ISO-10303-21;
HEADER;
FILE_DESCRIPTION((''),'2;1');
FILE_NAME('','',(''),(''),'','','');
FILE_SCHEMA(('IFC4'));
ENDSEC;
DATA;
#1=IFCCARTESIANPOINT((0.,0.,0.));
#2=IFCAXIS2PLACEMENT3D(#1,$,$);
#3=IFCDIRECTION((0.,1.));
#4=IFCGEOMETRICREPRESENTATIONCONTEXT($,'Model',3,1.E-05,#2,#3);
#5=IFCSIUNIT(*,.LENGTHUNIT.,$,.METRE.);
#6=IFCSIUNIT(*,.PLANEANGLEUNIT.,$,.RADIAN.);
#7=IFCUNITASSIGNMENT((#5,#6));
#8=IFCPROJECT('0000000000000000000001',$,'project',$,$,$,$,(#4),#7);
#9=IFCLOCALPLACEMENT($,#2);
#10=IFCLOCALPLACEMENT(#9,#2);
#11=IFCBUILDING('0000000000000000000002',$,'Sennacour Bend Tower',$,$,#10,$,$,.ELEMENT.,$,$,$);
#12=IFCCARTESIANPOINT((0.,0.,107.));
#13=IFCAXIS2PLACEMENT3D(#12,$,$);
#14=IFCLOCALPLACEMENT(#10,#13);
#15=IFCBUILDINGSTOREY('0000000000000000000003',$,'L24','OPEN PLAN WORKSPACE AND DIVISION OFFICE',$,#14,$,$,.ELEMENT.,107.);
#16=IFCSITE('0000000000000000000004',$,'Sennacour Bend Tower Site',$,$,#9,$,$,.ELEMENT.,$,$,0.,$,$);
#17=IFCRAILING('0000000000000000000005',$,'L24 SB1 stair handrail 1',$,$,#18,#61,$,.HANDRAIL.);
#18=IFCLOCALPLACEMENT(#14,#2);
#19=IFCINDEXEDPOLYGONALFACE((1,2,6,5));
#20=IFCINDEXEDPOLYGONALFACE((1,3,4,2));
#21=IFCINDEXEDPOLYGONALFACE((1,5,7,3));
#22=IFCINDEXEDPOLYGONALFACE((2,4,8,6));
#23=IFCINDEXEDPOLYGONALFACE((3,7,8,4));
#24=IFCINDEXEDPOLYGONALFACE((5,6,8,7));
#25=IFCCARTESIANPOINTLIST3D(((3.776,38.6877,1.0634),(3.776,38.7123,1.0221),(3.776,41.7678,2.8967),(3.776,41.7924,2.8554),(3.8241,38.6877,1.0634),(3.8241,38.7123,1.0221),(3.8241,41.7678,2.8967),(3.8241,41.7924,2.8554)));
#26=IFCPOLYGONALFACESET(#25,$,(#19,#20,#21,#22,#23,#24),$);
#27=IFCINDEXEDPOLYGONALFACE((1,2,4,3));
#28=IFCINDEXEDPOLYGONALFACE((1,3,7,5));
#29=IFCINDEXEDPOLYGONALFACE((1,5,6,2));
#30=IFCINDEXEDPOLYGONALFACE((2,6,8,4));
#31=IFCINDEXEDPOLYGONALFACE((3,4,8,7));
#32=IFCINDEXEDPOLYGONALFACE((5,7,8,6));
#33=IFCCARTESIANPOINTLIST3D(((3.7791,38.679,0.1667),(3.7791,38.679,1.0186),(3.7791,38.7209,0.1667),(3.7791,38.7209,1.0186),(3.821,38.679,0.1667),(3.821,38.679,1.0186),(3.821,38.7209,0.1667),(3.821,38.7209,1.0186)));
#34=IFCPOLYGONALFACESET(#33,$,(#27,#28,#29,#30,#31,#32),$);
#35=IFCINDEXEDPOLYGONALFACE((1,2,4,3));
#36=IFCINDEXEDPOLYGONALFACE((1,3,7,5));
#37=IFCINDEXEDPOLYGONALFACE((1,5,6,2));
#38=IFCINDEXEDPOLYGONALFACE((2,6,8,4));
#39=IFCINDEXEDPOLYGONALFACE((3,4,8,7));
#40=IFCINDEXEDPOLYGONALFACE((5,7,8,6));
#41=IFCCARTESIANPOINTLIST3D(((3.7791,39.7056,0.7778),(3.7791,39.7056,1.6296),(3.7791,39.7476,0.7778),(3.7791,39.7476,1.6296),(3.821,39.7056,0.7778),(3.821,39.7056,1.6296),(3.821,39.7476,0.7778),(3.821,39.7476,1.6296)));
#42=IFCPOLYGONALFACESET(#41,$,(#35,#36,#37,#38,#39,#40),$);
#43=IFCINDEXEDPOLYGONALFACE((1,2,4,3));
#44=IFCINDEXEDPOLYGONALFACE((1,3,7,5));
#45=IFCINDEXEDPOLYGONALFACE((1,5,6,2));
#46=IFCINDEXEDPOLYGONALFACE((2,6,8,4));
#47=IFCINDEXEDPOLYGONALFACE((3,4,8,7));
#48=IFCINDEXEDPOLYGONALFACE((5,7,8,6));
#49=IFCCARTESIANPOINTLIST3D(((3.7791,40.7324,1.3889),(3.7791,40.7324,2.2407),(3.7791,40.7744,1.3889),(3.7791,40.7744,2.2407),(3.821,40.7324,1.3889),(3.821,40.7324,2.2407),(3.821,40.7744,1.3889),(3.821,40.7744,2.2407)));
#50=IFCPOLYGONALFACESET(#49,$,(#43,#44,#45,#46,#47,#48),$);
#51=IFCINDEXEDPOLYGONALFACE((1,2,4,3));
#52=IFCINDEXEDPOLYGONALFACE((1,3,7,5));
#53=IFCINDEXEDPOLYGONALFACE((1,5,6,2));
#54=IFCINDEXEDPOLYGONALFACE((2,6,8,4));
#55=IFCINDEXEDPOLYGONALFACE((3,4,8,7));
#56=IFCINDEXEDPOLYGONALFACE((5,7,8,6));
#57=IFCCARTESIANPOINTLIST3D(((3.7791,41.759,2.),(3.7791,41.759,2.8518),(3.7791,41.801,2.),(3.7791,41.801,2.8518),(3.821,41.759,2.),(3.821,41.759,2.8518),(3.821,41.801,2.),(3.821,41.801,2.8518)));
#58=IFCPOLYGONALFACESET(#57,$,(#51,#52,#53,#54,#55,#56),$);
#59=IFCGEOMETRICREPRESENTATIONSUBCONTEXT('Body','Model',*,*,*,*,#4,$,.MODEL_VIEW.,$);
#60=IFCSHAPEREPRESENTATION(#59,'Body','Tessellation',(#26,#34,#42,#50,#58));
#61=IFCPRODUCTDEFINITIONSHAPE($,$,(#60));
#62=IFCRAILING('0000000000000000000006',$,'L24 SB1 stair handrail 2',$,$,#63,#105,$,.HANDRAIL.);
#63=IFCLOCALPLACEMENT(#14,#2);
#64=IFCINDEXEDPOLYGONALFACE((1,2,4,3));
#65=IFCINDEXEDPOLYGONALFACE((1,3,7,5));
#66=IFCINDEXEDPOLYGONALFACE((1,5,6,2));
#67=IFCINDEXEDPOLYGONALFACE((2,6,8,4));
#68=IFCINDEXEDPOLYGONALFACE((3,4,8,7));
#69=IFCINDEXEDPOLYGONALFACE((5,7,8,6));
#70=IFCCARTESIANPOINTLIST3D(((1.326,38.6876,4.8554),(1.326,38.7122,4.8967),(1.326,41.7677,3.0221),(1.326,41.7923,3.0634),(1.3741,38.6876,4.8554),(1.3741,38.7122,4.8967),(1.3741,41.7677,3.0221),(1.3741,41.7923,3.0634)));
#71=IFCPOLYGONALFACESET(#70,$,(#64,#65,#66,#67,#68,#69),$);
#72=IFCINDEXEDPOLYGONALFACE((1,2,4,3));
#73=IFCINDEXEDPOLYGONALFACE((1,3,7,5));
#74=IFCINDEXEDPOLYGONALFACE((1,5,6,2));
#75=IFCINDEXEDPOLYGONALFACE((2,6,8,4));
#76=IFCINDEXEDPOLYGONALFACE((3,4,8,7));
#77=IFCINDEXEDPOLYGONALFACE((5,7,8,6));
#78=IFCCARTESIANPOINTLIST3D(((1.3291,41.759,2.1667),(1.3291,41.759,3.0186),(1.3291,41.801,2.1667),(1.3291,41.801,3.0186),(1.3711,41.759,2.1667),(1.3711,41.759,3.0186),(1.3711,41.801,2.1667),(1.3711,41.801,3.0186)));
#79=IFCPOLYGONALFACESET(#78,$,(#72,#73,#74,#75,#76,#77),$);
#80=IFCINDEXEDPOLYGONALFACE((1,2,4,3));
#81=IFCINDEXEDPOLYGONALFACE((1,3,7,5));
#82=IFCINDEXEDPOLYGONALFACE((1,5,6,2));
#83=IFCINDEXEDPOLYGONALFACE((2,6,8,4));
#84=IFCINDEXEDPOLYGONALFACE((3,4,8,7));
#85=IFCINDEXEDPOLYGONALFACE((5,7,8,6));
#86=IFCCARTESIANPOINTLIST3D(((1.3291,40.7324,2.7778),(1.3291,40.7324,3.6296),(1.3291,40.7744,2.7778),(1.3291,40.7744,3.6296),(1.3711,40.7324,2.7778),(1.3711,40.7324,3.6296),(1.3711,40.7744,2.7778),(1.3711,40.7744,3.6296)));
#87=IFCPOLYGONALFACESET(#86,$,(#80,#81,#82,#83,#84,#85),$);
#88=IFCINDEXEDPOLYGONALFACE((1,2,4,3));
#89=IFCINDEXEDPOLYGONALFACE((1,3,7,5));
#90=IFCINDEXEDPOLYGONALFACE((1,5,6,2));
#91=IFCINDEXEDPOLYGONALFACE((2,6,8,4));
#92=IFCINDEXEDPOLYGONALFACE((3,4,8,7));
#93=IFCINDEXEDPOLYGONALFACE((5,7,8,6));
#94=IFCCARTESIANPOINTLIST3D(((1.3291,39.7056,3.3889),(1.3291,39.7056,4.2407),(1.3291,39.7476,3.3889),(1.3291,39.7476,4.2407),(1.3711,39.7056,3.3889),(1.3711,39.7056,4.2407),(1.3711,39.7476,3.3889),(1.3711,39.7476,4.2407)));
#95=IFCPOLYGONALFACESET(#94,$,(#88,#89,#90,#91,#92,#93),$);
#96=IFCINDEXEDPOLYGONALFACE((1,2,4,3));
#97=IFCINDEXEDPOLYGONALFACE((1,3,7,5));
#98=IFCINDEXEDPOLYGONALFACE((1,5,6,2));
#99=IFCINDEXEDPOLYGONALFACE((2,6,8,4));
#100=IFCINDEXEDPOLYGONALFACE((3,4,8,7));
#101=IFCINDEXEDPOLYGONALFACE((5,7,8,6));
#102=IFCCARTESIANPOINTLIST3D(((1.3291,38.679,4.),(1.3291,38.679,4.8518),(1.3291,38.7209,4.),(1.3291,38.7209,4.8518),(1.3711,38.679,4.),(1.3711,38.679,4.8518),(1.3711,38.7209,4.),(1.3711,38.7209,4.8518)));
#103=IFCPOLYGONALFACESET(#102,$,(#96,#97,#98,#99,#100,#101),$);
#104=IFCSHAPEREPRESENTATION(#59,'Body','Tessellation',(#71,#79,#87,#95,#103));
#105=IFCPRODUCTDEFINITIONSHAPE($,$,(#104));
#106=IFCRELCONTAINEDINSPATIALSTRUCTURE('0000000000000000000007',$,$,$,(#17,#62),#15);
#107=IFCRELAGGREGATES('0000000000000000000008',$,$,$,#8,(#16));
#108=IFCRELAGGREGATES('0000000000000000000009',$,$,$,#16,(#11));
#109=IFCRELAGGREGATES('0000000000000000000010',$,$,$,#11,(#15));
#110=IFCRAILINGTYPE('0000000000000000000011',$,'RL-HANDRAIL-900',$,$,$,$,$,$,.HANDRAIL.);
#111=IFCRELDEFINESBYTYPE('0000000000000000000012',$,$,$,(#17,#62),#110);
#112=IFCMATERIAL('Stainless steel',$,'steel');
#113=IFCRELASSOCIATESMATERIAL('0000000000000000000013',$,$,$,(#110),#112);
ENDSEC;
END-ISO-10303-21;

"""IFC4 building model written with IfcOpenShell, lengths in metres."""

from ifc_helpers import new_model, si_unit, direction, frame, origin, origin_2d, place, context, subcontext, project, spatial, rectangle, extrude, material, type_object, element, save


model = new_model("IFC4")

# Units and contexts
model_context = context("Model", 3, precision=1e-05, world=origin(), true_north=direction((0.0, 1.0)))
body_context = subcontext(model_context, "Body", "Model", "MODEL_VIEW")
ifc_project = project(units=[si_unit("LENGTHUNIT", "METRE"), si_unit("PLANEANGLEUNIT", "RADIAN")], contexts=[model_context])

# Site, building, storey
site_placement = place(None, origin())
site = spatial("IfcSite", under=ifc_project, at=site_placement, Name="Sennacour Bend Tower Site", CompositionType="ELEMENT", RefElevation=0.0)
building_placement = place(site_placement, origin())
building = spatial("IfcBuilding", under=site, at=building_placement, Name="Sennacour Bend Tower", CompositionType="ELEMENT")
storey_placement = place(building_placement, frame((0.0, 0.0, 107.0)))
storey = spatial("IfcBuildingStorey", under=building, at=storey_placement, Name="L24", Description="OPEN PLAN WORKSPACE AND DIVISION OFFICE", CompositionType="ELEMENT", Elevation=107.0)

# Shared definitions
ifc_material_1 = material(Name="Stainless steel", Category="steel")

# Railings
railing_type_1 = type_object("IfcRailingType", Name="RL-HANDRAIL-900", PredefinedType="HANDRAIL", material=ifc_material_1)
railing_1_placement = place(storey_placement, frame((3.8, 38.7, 0.1667)))
element("IfcRailing", 1, at=railing_1_placement, inside=storey, type_object=railing_type_1, Name="L24 SB1 stair handrail 1", PredefinedType="HANDRAIL", context=body_context, shape_type="SweptSolid", body=[
    extrude(rectangle(XDim=0.0481, YDim=0.0481, at=origin_2d()), frame((0.0, 0.0, 0.876), z_axis=(0.0, 0.859309, 0.511458), x_axis=(-1.0, 0.0, 0.0)), (0.0, 0.0, 1.0), 3.5845),
    extrude(rectangle(XDim=0.042, YDim=0.042, at=origin_2d()), origin(), (0.0, 0.0, 1.0), 0.8518),
    extrude(rectangle(XDim=0.042, YDim=0.042, at=origin_2d()), frame((0.0, 1.0266, 0.6111)), (0.0, 0.0, 1.0), 0.8518),
    extrude(rectangle(XDim=0.042, YDim=0.042, at=origin_2d()), frame((0.0, 2.0535, 1.2222)), (0.0, 0.0, 1.0), 0.8518),
    extrude(rectangle(XDim=0.042, YDim=0.042, at=origin_2d()), frame((0.0, 3.0801, 1.8333)), (0.0, 0.0, 1.0), 0.8518),
])
railing_2_placement = place(storey_placement, frame((1.3501, 41.78, 2.1667)))
element("IfcRailing", 2, at=railing_2_placement, inside=storey, type_object=railing_type_1, Name="L24 SB1 stair handrail 2", PredefinedType="HANDRAIL", context=body_context, shape_type="SweptSolid", body=[
    extrude(rectangle(XDim=0.0481, YDim=0.0481, at=origin_2d()), frame((0.0, 0.0, 0.876), z_axis=(0.0, -0.859309, 0.511458), x_axis=(1.0, 0.0, 0.0)), (0.0, 0.0, 1.0), 3.5845),
    extrude(rectangle(XDim=0.042, YDim=0.042, at=origin_2d()), origin(), (0.0, 0.0, 1.0), 0.8518),
    extrude(rectangle(XDim=0.042, YDim=0.042, at=origin_2d()), frame((0.0, -1.0266, 0.6111)), (0.0, 0.0, 1.0), 0.8518),
    extrude(rectangle(XDim=0.042, YDim=0.042, at=origin_2d()), frame((0.0, -2.0535, 1.2222)), (0.0, 0.0, 1.0), 0.8518),
    extrude(rectangle(XDim=0.042, YDim=0.042, at=origin_2d()), frame((0.0, -3.0801, 1.8333)), (0.0, 0.0, 1.0), 0.8518),
])

save(model, "model.ifc")
